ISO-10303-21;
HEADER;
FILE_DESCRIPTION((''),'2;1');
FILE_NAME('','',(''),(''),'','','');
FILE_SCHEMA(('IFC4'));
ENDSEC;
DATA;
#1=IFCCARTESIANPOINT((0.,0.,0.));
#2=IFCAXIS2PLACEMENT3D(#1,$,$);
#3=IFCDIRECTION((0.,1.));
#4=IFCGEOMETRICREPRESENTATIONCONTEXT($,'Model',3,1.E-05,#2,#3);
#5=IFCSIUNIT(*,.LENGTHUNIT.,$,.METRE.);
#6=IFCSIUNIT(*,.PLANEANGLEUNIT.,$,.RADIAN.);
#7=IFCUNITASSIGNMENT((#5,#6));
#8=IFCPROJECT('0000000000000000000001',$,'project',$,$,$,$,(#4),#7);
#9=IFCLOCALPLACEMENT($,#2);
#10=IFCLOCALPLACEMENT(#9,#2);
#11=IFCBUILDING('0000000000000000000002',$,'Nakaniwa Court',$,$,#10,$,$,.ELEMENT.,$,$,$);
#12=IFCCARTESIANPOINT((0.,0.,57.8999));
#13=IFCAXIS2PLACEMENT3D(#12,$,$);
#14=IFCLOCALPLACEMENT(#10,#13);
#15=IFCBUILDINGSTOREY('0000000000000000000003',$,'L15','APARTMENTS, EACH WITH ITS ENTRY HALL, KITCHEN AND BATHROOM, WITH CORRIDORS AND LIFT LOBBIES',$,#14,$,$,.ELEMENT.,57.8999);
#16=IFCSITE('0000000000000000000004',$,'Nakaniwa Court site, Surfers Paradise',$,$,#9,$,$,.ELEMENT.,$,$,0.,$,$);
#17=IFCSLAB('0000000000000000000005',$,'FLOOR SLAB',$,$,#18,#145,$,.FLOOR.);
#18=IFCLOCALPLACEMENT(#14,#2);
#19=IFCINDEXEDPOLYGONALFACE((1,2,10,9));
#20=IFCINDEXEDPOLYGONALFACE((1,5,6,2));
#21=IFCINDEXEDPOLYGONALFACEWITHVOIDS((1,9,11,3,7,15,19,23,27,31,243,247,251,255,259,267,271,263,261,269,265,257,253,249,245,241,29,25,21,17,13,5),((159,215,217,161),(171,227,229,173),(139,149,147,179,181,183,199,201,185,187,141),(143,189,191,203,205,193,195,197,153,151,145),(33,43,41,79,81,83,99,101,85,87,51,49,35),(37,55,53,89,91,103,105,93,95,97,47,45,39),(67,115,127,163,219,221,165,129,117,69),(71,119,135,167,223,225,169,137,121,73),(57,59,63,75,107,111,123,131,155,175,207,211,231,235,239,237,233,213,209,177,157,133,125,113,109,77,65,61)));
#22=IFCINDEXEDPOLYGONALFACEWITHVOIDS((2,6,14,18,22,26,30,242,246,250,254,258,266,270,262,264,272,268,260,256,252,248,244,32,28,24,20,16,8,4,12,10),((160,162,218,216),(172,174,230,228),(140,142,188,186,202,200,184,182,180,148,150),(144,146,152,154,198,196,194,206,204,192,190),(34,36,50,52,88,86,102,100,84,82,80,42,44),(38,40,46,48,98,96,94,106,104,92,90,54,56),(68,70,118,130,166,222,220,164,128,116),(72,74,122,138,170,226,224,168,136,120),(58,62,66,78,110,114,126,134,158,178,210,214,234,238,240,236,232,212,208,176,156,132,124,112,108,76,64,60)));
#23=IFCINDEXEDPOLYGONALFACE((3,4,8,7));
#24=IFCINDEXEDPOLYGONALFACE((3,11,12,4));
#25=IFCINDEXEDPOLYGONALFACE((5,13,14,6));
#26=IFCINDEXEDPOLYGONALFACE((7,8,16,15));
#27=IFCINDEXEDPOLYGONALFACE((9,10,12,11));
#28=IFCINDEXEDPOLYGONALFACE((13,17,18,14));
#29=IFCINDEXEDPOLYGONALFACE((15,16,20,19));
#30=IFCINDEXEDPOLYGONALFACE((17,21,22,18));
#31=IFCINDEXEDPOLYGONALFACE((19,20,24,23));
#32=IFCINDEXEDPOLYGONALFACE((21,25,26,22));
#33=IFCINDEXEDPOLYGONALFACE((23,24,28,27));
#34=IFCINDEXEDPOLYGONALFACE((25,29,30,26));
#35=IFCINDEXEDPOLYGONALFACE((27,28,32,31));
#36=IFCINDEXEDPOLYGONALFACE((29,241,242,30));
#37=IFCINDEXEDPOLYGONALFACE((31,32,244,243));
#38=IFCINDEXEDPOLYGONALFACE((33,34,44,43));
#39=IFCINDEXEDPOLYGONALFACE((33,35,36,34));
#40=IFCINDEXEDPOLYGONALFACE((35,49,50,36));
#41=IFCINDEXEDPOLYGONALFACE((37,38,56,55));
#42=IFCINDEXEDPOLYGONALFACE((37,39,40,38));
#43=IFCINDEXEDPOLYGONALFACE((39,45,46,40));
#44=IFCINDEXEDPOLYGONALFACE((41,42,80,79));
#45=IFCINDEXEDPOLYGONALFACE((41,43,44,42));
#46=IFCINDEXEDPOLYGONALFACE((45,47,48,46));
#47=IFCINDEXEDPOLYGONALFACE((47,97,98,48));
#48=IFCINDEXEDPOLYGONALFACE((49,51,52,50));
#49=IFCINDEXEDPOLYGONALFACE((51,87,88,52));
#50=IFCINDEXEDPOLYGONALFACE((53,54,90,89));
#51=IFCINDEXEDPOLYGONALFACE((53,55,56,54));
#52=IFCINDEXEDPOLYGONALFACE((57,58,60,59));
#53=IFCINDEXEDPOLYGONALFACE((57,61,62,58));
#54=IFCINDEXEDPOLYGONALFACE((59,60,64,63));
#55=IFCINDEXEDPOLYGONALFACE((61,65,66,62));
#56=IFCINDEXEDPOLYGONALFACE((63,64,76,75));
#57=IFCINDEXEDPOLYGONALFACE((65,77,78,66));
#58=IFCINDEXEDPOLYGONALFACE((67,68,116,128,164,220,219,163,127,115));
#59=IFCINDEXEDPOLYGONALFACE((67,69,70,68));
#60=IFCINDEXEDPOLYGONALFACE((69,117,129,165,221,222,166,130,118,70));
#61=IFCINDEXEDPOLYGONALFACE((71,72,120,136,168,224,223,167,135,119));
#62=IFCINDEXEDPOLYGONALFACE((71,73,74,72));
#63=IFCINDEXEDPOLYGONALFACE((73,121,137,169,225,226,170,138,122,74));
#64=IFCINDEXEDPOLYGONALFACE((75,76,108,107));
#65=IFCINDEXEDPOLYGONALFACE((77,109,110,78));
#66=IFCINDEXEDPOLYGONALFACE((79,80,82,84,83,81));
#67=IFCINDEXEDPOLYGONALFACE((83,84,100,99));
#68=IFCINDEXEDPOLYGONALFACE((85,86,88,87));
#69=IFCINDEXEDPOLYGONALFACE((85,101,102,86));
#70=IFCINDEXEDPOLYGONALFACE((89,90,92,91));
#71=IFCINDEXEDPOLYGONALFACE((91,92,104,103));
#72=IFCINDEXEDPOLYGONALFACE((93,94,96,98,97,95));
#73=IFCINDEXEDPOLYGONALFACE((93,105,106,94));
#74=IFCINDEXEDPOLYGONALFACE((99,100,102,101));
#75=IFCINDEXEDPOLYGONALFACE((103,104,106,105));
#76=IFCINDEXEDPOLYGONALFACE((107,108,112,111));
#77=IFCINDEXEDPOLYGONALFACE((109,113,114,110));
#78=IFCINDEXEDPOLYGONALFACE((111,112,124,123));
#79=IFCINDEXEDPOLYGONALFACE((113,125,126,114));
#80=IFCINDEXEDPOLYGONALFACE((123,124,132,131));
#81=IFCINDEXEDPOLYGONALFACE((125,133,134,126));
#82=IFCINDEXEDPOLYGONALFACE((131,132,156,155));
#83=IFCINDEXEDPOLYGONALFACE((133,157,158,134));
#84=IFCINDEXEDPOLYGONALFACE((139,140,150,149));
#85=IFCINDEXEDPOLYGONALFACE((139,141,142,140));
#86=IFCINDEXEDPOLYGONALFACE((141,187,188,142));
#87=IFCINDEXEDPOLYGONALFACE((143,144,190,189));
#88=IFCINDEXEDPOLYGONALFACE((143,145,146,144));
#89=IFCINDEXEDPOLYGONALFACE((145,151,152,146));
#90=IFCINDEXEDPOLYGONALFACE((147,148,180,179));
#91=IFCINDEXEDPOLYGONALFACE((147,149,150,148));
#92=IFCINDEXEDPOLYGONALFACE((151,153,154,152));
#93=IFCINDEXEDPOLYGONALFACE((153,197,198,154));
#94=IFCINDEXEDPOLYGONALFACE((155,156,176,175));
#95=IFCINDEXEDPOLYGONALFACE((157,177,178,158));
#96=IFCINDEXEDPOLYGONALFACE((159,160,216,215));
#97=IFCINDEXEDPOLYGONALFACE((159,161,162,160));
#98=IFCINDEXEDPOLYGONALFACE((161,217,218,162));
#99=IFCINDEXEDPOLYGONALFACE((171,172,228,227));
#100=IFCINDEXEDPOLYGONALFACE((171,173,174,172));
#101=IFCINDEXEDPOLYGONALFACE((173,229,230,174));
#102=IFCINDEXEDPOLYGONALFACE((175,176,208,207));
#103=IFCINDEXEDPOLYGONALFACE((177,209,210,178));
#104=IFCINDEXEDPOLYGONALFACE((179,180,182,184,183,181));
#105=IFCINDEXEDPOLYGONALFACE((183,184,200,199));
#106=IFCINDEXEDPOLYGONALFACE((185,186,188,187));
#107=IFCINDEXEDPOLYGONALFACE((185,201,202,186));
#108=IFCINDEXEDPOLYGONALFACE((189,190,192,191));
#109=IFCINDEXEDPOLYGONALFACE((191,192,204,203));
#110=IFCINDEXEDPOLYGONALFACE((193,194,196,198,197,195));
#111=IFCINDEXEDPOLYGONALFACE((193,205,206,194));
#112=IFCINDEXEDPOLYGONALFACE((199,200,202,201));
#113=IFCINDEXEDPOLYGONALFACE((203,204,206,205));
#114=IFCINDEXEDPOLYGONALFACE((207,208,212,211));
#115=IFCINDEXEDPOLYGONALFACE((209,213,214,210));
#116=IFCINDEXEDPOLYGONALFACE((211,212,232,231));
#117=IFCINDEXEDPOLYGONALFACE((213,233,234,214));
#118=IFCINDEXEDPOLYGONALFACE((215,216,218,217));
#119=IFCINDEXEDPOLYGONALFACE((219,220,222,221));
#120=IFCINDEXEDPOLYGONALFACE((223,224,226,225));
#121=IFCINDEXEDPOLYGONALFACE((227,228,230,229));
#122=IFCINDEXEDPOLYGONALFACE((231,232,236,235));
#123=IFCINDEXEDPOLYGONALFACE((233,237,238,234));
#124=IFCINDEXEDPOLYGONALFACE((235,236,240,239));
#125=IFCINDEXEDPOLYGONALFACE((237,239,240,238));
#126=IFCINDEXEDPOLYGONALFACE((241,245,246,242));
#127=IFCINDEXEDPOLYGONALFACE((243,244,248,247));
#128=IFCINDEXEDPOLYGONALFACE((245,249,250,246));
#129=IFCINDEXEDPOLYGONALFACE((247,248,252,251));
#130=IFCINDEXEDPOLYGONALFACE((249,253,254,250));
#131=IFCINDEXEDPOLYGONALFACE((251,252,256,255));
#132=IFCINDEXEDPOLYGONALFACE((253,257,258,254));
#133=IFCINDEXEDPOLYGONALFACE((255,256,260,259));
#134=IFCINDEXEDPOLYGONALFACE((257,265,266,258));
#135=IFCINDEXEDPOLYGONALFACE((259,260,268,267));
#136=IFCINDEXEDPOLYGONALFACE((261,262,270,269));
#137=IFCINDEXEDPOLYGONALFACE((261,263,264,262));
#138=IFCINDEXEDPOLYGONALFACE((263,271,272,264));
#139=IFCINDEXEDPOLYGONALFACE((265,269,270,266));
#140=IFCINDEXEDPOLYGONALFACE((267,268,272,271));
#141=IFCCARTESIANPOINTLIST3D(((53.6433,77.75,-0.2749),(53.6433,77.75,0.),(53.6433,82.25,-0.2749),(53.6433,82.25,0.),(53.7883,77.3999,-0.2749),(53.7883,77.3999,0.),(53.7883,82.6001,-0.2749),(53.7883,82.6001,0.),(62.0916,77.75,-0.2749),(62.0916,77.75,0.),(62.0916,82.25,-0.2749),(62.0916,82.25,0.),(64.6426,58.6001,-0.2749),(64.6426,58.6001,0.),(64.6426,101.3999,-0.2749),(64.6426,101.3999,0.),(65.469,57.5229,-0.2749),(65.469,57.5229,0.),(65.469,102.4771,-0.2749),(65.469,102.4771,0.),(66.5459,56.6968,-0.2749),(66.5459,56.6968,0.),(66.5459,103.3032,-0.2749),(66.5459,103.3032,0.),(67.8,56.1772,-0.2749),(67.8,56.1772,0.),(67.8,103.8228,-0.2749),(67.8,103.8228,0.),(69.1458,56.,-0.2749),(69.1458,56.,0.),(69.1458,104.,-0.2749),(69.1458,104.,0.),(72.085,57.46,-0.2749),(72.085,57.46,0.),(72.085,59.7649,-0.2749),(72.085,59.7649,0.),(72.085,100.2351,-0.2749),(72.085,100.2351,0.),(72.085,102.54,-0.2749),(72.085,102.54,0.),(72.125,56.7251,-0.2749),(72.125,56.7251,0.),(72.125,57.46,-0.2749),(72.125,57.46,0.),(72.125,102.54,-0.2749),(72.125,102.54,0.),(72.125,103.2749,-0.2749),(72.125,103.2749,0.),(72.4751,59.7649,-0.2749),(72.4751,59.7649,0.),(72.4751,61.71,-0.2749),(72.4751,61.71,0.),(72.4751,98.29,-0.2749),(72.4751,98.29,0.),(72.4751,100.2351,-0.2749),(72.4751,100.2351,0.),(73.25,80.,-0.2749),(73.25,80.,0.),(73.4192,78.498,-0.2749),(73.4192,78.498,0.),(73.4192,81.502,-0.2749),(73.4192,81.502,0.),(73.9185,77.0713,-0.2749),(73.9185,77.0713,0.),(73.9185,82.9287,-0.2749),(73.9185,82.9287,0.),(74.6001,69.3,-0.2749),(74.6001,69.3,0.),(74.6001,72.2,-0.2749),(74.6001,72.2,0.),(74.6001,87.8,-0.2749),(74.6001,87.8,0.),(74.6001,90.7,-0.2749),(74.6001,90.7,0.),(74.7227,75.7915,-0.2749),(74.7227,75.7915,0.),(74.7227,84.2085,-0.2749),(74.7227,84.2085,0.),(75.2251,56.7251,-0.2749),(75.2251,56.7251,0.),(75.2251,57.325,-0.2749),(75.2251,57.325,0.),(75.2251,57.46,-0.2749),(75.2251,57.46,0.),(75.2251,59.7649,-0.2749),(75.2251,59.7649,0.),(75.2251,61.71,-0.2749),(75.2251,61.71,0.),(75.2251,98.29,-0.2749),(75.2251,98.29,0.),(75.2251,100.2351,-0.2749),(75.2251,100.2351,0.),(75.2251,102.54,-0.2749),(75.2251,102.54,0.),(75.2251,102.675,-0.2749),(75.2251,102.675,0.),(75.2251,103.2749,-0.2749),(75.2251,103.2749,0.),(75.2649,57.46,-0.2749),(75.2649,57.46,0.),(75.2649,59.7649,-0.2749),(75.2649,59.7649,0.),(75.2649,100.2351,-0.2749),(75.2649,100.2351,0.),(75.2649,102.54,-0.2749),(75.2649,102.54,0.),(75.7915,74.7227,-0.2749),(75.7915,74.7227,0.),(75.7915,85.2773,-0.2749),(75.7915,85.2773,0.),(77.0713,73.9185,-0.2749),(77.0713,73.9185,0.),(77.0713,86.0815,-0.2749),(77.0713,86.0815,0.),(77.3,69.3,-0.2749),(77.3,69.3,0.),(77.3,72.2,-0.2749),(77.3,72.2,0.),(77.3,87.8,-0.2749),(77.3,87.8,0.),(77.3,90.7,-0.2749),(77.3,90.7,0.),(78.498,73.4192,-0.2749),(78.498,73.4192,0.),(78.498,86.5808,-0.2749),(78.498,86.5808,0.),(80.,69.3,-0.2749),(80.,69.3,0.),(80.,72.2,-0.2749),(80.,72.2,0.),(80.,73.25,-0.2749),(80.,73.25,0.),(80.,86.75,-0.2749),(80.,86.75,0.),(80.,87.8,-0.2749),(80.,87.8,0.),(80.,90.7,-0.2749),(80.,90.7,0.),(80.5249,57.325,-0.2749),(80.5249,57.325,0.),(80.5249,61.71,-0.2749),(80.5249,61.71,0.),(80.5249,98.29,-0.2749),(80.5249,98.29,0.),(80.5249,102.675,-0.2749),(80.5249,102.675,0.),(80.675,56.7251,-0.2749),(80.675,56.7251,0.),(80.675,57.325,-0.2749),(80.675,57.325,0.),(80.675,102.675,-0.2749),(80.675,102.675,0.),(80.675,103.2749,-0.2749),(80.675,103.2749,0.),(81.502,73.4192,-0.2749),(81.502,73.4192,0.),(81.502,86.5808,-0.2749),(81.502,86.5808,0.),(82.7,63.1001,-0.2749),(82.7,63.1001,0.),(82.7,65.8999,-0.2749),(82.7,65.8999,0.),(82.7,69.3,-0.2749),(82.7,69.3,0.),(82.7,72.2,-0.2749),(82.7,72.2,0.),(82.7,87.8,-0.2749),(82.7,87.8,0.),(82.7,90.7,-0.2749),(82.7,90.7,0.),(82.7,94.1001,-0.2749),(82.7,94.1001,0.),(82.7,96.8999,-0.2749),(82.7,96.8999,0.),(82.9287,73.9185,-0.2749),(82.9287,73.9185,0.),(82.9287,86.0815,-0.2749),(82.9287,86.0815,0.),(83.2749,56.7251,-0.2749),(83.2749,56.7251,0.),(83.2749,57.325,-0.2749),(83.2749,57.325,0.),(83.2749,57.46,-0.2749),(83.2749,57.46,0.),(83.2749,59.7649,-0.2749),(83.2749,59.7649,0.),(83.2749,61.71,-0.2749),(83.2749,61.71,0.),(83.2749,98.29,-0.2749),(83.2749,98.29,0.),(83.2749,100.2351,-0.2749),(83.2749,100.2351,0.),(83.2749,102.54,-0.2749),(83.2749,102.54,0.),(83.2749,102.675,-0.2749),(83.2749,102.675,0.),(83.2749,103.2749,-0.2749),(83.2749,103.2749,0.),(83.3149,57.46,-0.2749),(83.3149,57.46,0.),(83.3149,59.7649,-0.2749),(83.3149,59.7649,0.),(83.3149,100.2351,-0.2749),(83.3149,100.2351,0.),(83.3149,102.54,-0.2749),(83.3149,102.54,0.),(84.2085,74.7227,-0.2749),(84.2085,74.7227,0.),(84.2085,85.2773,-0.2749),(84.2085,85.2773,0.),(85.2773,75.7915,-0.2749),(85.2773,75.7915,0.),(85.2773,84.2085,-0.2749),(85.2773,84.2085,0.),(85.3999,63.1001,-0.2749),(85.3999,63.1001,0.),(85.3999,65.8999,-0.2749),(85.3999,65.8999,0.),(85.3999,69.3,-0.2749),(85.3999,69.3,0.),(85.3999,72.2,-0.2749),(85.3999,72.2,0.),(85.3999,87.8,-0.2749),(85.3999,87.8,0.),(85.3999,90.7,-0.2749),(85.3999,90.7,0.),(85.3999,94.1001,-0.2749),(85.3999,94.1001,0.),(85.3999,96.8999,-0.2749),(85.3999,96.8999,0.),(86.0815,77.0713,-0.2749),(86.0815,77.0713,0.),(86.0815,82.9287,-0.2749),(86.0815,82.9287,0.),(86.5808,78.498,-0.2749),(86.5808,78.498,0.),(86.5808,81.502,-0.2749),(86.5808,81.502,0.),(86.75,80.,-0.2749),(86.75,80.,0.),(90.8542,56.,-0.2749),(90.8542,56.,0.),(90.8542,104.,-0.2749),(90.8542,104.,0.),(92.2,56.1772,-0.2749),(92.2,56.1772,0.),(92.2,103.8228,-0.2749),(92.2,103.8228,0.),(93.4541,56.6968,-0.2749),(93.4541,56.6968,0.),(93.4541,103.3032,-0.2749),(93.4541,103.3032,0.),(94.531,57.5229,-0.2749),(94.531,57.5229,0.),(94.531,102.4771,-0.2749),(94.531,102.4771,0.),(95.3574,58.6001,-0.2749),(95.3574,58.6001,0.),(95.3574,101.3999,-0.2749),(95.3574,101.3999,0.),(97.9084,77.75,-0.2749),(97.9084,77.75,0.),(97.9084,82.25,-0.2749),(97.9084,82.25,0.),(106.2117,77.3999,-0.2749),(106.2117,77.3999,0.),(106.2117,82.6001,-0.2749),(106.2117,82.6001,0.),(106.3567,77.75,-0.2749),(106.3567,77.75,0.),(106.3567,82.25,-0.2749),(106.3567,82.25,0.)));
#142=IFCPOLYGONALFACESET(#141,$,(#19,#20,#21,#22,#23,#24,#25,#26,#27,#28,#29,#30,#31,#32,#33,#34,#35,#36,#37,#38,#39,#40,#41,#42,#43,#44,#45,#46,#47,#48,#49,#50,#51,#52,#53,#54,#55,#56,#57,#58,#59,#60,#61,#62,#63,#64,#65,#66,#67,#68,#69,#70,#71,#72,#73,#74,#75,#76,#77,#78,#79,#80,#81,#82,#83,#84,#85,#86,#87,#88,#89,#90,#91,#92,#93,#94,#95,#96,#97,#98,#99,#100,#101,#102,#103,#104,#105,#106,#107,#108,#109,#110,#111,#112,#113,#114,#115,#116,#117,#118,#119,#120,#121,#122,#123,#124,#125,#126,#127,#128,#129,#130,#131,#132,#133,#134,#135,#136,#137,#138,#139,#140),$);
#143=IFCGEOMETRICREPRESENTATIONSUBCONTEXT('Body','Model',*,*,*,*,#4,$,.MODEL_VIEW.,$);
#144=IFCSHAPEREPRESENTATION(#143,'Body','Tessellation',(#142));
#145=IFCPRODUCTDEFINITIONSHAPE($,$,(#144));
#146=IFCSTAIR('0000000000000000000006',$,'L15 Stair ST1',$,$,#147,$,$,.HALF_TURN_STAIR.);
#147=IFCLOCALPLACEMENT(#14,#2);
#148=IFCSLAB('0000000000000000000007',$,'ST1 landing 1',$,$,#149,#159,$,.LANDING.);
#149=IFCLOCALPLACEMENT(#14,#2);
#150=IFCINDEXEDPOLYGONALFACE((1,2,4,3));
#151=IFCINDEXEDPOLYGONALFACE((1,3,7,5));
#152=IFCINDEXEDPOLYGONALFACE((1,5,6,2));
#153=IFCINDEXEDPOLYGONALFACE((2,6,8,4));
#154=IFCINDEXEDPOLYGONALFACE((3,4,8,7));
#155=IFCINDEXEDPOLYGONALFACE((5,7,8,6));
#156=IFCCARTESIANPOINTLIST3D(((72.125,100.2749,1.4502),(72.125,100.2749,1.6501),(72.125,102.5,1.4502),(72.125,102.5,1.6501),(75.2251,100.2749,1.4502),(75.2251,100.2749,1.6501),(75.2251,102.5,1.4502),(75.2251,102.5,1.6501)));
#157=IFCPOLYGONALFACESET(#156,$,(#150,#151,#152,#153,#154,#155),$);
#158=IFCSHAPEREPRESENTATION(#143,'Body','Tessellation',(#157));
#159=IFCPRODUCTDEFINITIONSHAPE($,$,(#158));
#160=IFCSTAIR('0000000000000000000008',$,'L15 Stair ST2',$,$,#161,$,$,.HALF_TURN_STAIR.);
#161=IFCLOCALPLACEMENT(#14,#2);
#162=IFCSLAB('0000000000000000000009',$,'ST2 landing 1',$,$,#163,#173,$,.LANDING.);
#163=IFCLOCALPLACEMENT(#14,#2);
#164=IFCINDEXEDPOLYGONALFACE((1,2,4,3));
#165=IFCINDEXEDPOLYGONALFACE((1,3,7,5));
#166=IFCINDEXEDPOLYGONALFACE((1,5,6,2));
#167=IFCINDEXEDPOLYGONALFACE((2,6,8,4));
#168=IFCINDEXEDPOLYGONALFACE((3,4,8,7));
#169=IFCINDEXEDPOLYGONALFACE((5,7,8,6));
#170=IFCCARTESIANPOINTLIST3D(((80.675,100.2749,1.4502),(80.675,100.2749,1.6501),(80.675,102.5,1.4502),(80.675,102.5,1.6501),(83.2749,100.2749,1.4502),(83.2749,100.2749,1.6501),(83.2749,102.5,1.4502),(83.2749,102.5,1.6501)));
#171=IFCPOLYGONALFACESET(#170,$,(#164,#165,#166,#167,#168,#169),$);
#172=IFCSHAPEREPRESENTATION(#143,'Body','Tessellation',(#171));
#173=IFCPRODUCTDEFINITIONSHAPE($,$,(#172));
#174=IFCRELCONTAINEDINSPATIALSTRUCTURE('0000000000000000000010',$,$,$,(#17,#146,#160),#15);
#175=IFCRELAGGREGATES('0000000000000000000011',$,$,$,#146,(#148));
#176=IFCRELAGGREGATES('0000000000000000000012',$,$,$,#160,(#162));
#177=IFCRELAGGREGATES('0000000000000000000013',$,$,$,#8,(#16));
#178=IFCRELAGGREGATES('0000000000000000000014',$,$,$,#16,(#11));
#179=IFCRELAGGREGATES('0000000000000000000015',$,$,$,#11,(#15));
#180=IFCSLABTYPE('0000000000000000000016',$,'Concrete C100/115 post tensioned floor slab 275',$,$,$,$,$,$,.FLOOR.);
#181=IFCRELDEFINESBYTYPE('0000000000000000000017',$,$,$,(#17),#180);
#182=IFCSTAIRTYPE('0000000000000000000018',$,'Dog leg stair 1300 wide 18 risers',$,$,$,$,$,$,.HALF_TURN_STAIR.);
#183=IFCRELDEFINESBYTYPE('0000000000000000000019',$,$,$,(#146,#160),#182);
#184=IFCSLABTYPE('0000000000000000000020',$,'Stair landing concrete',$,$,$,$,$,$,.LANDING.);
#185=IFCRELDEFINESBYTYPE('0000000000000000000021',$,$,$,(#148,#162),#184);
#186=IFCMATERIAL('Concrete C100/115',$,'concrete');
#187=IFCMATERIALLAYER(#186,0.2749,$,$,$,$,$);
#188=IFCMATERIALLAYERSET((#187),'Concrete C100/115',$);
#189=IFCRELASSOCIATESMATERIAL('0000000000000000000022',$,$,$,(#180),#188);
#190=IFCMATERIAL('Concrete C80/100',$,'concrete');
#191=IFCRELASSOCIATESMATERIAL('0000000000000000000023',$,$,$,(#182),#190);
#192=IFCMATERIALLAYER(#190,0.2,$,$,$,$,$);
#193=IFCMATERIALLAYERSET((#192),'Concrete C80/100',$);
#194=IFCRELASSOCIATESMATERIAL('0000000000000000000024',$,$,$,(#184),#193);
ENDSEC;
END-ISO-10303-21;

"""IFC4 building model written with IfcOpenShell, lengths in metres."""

from ifc_helpers import new_model, si_unit, direction, frame, origin, place, context, subcontext, project, spatial, polyline, outline, extrude, material, layer, layer_set, type_object, element, aggregate, save


model = new_model("IFC4")

# Units and contexts
model_context = context("Model", 3, precision=1e-05, world=origin(), true_north=direction((0.0, 1.0)))
body_context = subcontext(model_context, "Body", "Model", "MODEL_VIEW")
ifc_project = project(units=[si_unit("LENGTHUNIT", "METRE"), si_unit("PLANEANGLEUNIT", "RADIAN")], contexts=[model_context])

# Site, building, storey
site_placement = place(None, origin())
site = spatial("IfcSite", under=ifc_project, at=site_placement, Name="Nakaniwa Court site, Surfers Paradise", CompositionType="ELEMENT", RefElevation=0.0)
building_placement = place(site_placement, origin())
building = spatial("IfcBuilding", under=site, at=building_placement, Name="Nakaniwa Court", CompositionType="ELEMENT")
storey_placement = place(building_placement, frame((0.0, 0.0, 57.8999)))
storey = spatial("IfcBuildingStorey", under=building, at=storey_placement, Name="L15", Description="APARTMENTS, EACH WITH ITS ENTRY HALL, KITCHEN AND BATHROOM, WITH CORRIDORS AND LIFT LOBBIES", CompositionType="ELEMENT", Elevation=57.8999)

# Shared definitions
ifc_material_1 = material(Name="Concrete C100/115", Category="concrete")

# Slab
ifc_layer_1 = layer(ifc_material_1, 0.2749)
ifc_layer_set_1 = layer_set([ifc_layer_1], Name="Concrete C100/115")
slab_type_1 = type_object("IfcSlabType", Name="Concrete C100/115 post tensioned floor slab 275", PredefinedType="FLOOR", material=ifc_layer_set_1)
slab_1_placement = place(storey_placement, frame((0.0, 0.0, -0.2749)))
element("IfcSlab", 1, at=slab_1_placement, inside=storey, type_object=slab_type_1, Name="FLOOR SLAB", PredefinedType="FLOOR", context=body_context, shape_type="SweptSolid", body=[
    extrude(outline(polyline([(97.9084, 82.25), (106.3567, 82.25), (106.2117, 82.6001), (95.3574, 101.3999), (94.531, 102.4771), (93.4541, 103.3032), (92.2, 103.8228), (90.8542, 104.0), (69.1458, 104.0), (67.8, 103.8228), (66.5459, 103.3032), (65.469, 102.4771), (64.6426, 101.3999), (53.7883, 82.6001), (53.6433, 82.25), (62.0916, 82.25), (62.0916, 77.75), (53.6433, 77.75), (53.7883, 77.3999), (64.6426, 58.6001), (65.469, 57.5229), (66.5459, 56.6968), (67.8, 56.1772), (69.1458, 56.0), (90.8542, 56.0), (92.2, 56.1772), (93.4541, 56.6968), (94.531, 57.5229), (95.3574, 58.6001), (106.2117, 77.3999), (106.3567, 77.75), (97.9084, 77.75), (97.9084, 82.25)]), holes=[polyline([(81.502, 86.5808), (80.0, 86.75), (78.498, 86.5808), (77.0713, 86.0815), (75.7915, 85.2773), (74.7227, 84.2085), (73.9185, 82.9287), (73.4192, 81.502), (73.25, 80.0), (73.4192, 78.498), (73.9185, 77.0713), (74.7227, 75.7915), (75.7915, 74.7227), (77.0713, 73.9185), (78.498, 73.4192), (80.0, 73.25), (81.502, 73.4192), (82.9287, 73.9185), (84.2085, 74.7227), (85.2773, 75.7915), (86.0815, 77.0713), (86.5808, 78.498), (86.75, 80.0), (86.5808, 81.502), (86.0815, 82.9287), (85.2773, 84.2085), (84.2085, 85.2773), (82.9287, 86.0815), (81.502, 86.5808)]), polyline([(75.2649, 57.46), (75.2649, 59.7649), (75.2251, 59.7649), (75.2251, 61.71), (72.4751, 61.71), (72.4751, 59.7649), (72.085, 59.7649), (72.085, 57.46), (72.125, 57.46), (72.125, 56.7251), (75.2251, 56.7251), (75.2251, 57.325), (75.2251, 57.46), (75.2649, 57.46)]), polyline([(80.0, 69.3), (82.7, 69.3), (85.3999, 69.3), (85.3999, 72.2), (82.7, 72.2), (80.0, 72.2), (77.3, 72.2), (74.6001, 72.2), (74.6001, 69.3), (77.3, 69.3), (80.0, 69.3)]), polyline([(80.0, 87.8), (82.7, 87.8), (85.3999, 87.8), (85.3999, 90.7), (82.7, 90.7), (80.0, 90.7), (77.3, 90.7), (74.6001, 90.7), (74.6001, 87.8), (77.3, 87.8), (80.0, 87.8)]), polyline([(75.2649, 100.2351), (75.2649, 102.54), (75.2251, 102.54), (75.2251, 102.675), (75.2251, 103.2749), (72.125, 103.2749), (72.125, 102.54), (72.085, 102.54), (72.085, 100.2351), (72.4751, 100.2351), (72.4751, 98.29), (75.2251, 98.29), (75.2251, 100.2351), (75.2649, 100.2351)]), polyline([(83.2749, 61.71), (80.5249, 61.71), (80.5249, 57.325), (80.675, 57.325), (80.675, 56.7251), (83.2749, 56.7251), (83.2749, 57.325), (83.2749, 57.46), (83.3149, 57.46), (83.3149, 59.7649), (83.2749, 59.7649), (83.2749, 61.71)]), polyline([(85.3999, 65.8999), (82.7, 65.8999), (82.7, 63.1001), (85.3999, 63.1001), (85.3999, 65.8999)]), polyline([(85.3999, 96.8999), (82.7, 96.8999), (82.7, 94.1001), (85.3999, 94.1001), (85.3999, 96.8999)]), polyline([(83.2749, 100.2351), (83.3149, 100.2351), (83.3149, 102.54), (83.2749, 102.54), (83.2749, 102.675), (83.2749, 103.2749), (80.675, 103.2749), (80.675, 102.675), (80.5249, 102.675), (80.5249, 98.29), (83.2749, 98.29), (83.2749, 100.2351)])]), origin(), (0.0, 0.0, 1.0), 0.2749),
])

# Stairs, slabs
ifc_material_2 = material(Name="Concrete C80/100", Category="concrete")
stair_type = type_object("IfcStairType", Name="Dog leg stair 1300 wide 18 risers", PredefinedType="HALF_TURN_STAIR", material=ifc_material_2)
stair_1_placement = place(storey_placement, origin())
stair_1 = element("IfcStair", 2, at=stair_1_placement, inside=storey, type_object=stair_type, Name="L15 Stair ST1", PredefinedType="HALF_TURN_STAIR")
ifc_layer_2 = layer(ifc_material_2, 0.2)
ifc_layer_set_2 = layer_set([ifc_layer_2], Name="Concrete C80/100")
slab_type_2 = type_object("IfcSlabType", Name="Stair landing concrete", PredefinedType="LANDING", material=ifc_layer_set_2)
slab_2_placement = place(storey_placement, frame((0.0, 0.0, 1.4502)))
slab_2 = element("IfcSlab", 3, at=slab_2_placement, type_object=slab_type_2, Name="ST1 landing 1", PredefinedType="LANDING", context=body_context, shape_type="SweptSolid", body=[
    extrude(outline(polyline([(75.2251, 100.2749), (75.2251, 102.5), (72.125, 102.5), (72.125, 100.2749), (75.2251, 100.2749)])), origin(), (0.0, 0.0, 1.0), 0.2),
])
aggregate(stair_1, [slab_2])
stair_2_placement = place(storey_placement, origin())
stair_2 = element("IfcStair", 4, at=stair_2_placement, inside=storey, type_object=stair_type, Name="L15 Stair ST2", PredefinedType="HALF_TURN_STAIR")
slab_3_placement = place(storey_placement, frame((0.0, 0.0, 1.4502)))
slab_3 = element("IfcSlab", 5, at=slab_3_placement, type_object=slab_type_2, Name="ST2 landing 1", PredefinedType="LANDING", context=body_context, shape_type="SweptSolid", body=[
    extrude(outline(polyline([(83.2749, 100.2749), (83.2749, 102.5), (80.675, 102.5), (80.675, 100.2749), (83.2749, 100.2749)])), origin(), (0.0, 0.0, 1.0), 0.2),
])
aggregate(stair_2, [slab_3])

save(model, "model.ifc")
